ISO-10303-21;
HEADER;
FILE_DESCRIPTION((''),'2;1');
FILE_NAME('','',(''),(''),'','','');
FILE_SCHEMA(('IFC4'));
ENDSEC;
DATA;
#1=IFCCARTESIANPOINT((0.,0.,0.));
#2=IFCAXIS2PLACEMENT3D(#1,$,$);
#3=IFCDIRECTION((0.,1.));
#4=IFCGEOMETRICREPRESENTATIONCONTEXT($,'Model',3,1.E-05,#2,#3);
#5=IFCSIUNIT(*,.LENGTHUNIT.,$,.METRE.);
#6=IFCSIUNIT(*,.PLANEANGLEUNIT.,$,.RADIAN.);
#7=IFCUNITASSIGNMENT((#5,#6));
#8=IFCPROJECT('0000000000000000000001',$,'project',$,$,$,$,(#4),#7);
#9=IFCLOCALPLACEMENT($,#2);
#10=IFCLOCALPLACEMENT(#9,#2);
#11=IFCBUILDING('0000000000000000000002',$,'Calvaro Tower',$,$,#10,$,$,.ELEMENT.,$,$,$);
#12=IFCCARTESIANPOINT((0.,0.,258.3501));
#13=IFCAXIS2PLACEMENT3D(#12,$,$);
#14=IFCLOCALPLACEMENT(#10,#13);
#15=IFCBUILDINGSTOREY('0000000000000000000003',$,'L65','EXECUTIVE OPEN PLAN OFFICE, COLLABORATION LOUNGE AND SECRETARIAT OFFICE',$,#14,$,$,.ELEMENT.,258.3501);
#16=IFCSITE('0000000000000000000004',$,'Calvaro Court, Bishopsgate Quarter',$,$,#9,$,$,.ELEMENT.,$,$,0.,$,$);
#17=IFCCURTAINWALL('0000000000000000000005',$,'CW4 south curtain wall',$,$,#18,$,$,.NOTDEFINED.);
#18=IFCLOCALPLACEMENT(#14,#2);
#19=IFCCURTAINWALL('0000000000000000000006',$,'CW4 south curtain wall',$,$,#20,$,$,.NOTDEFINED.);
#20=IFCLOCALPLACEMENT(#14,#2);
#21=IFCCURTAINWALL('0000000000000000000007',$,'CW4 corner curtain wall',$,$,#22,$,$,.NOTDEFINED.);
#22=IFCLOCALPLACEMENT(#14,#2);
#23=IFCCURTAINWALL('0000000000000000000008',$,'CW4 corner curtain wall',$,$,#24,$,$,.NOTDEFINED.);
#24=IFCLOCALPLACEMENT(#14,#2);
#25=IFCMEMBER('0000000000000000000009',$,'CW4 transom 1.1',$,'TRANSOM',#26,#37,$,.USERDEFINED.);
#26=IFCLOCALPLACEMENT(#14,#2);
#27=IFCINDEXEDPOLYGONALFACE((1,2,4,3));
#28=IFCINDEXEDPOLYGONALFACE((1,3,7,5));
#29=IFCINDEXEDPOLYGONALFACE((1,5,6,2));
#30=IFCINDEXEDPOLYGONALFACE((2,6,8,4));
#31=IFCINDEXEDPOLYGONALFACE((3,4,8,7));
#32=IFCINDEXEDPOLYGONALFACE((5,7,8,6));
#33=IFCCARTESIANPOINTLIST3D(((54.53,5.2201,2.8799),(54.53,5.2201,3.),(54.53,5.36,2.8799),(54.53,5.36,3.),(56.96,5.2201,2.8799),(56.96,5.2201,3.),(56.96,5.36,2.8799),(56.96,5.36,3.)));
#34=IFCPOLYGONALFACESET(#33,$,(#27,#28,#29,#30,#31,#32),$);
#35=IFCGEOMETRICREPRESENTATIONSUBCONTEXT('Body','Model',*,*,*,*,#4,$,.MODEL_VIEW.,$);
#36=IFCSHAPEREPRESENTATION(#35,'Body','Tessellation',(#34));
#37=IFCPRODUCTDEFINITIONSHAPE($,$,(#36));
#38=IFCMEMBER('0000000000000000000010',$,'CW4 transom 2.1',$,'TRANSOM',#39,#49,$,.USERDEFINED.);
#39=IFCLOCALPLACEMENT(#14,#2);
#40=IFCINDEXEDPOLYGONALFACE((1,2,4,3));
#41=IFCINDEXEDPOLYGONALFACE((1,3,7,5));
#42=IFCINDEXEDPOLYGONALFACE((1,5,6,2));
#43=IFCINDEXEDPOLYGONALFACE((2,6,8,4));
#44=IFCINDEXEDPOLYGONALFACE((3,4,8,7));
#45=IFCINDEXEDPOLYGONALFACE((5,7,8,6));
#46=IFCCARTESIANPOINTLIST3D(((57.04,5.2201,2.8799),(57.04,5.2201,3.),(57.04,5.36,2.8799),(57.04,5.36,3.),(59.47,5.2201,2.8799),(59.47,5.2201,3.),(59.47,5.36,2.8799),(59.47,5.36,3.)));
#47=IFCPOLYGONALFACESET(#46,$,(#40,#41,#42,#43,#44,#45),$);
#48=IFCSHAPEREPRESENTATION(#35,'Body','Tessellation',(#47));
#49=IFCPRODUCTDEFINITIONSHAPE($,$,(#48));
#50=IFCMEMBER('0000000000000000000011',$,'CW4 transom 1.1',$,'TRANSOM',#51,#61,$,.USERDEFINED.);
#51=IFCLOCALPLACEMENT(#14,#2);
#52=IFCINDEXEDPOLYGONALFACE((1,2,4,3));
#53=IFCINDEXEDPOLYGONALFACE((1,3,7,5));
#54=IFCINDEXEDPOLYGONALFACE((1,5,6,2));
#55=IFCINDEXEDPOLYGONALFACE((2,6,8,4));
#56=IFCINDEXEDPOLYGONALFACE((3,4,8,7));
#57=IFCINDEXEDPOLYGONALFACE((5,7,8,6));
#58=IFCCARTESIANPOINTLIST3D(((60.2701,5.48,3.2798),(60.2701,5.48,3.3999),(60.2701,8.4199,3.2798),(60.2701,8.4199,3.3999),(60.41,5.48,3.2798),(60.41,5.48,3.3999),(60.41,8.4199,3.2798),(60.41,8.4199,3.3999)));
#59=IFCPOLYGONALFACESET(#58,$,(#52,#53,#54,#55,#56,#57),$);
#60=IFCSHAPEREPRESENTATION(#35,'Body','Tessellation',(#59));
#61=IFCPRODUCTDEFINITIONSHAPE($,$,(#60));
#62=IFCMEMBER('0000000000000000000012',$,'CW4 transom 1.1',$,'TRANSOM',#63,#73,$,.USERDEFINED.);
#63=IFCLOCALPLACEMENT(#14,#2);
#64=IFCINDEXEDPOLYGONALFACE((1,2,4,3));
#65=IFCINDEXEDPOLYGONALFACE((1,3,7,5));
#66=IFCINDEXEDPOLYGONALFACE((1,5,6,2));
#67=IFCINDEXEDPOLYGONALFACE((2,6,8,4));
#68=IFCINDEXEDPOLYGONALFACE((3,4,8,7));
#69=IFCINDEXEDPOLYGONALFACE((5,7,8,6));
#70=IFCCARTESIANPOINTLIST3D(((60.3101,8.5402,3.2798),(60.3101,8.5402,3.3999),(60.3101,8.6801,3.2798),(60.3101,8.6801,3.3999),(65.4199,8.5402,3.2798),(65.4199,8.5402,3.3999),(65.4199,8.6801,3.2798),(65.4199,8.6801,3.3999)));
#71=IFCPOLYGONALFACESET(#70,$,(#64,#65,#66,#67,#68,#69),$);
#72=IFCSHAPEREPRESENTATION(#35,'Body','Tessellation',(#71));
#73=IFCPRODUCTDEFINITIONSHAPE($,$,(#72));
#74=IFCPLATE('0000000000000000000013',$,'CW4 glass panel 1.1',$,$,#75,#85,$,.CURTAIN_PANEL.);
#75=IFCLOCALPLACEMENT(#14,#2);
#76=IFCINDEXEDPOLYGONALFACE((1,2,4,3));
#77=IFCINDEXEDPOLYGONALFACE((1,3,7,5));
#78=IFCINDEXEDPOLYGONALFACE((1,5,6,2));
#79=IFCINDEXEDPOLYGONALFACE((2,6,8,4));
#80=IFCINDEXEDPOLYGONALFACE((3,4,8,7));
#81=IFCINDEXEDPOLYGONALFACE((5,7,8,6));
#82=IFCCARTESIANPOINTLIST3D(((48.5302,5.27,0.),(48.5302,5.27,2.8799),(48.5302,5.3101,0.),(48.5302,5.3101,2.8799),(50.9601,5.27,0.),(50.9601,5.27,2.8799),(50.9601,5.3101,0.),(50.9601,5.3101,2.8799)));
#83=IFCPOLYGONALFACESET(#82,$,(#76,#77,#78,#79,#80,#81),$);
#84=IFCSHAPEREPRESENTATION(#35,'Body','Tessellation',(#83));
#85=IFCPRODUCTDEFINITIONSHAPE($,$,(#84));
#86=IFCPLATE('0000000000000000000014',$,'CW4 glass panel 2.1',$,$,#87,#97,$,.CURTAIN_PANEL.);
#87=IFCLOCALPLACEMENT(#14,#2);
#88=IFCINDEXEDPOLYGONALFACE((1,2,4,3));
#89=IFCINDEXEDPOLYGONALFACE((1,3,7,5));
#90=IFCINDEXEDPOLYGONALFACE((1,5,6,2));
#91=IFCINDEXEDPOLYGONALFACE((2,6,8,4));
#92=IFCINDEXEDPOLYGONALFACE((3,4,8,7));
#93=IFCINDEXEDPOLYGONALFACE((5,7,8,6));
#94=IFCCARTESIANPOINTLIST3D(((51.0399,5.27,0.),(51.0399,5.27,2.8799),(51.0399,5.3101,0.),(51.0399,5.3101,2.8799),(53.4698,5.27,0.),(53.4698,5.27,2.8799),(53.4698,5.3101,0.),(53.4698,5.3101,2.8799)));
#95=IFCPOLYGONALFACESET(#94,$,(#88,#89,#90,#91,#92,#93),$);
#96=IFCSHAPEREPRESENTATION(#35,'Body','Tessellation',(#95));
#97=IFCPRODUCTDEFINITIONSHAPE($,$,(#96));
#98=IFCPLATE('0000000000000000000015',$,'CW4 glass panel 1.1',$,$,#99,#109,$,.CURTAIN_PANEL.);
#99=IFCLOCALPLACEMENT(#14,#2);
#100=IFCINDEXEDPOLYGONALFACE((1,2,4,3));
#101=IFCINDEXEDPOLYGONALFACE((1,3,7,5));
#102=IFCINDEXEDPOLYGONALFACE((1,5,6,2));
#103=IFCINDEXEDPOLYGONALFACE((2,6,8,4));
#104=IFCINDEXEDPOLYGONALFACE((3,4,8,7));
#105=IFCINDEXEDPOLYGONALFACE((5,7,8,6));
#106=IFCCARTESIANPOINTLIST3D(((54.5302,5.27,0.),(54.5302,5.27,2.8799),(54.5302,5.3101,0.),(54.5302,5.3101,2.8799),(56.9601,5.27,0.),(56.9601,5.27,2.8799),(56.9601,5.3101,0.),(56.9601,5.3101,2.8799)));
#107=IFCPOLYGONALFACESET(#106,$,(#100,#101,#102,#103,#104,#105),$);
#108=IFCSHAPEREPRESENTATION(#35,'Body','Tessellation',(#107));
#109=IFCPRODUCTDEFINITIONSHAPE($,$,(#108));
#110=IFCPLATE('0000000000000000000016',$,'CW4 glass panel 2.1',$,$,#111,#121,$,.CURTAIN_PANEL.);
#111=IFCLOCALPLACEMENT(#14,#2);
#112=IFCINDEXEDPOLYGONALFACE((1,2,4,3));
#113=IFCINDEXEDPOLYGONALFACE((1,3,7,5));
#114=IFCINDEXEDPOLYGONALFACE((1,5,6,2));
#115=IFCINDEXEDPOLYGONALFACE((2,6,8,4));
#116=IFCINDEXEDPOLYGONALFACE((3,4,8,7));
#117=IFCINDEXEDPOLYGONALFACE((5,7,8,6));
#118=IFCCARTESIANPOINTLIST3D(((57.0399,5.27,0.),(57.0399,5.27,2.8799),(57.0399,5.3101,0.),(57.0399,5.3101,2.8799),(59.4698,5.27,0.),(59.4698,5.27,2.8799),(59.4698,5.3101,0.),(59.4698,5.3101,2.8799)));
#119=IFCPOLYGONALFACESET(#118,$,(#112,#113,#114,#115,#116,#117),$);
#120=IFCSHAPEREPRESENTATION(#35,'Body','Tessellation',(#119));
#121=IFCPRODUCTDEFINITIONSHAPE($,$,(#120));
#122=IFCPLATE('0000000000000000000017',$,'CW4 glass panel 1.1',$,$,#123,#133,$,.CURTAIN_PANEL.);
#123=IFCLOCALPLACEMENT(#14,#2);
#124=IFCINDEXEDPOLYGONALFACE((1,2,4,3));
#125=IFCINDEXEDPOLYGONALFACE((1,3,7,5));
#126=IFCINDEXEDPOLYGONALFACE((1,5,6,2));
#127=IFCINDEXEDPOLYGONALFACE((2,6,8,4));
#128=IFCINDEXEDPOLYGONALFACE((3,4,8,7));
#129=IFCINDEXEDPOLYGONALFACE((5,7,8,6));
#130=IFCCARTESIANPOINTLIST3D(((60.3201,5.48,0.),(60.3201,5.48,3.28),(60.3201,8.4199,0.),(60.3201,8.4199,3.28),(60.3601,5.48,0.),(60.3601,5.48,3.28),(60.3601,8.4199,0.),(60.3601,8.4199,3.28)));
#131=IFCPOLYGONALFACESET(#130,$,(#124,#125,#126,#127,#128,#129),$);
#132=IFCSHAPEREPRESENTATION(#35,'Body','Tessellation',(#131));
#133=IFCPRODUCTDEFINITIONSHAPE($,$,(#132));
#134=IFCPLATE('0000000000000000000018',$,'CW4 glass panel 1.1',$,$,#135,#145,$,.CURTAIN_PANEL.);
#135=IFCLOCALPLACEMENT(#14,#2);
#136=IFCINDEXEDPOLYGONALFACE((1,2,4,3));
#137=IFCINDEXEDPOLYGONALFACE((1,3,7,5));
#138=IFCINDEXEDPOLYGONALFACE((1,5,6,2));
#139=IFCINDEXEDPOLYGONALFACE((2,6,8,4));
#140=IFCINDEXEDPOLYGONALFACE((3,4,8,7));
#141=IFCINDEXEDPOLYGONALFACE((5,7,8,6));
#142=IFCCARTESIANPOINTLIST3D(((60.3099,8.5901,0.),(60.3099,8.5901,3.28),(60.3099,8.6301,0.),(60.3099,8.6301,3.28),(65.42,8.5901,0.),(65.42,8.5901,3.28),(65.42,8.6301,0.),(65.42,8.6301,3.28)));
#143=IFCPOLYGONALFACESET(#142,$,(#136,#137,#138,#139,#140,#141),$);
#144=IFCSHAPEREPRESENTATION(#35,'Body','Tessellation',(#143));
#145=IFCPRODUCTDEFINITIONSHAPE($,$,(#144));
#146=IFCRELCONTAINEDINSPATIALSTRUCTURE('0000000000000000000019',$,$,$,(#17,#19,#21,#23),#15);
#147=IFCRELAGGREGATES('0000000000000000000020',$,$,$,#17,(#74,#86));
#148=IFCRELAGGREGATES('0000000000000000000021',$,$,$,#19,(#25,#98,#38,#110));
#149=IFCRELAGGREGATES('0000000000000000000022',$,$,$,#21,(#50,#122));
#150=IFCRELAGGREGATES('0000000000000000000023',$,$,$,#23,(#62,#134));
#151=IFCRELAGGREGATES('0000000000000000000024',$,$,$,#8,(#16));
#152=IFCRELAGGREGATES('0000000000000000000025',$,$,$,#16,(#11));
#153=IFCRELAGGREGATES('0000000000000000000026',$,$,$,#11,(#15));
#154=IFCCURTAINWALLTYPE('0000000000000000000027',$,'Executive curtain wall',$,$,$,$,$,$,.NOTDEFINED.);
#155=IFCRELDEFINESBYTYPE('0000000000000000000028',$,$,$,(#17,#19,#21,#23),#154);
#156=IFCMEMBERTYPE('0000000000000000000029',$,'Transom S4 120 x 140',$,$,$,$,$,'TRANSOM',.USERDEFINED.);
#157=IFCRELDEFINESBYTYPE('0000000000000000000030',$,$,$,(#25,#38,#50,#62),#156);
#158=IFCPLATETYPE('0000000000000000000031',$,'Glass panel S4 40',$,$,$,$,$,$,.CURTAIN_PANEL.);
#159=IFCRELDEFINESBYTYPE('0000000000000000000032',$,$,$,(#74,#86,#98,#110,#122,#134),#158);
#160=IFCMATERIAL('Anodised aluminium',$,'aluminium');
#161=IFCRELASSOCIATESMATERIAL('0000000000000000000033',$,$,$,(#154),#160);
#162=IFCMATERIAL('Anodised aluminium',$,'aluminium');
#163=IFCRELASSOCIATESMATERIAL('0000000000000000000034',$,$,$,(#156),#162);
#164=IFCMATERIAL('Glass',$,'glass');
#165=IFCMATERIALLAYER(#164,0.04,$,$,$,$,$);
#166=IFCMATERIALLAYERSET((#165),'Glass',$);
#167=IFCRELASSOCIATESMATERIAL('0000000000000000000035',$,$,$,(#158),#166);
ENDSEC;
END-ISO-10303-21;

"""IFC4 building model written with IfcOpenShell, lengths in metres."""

from ifc_helpers import new_model, si_unit, direction, frame, origin, origin_2d, place, context, subcontext, project, spatial, rectangle, extrude, material, layer, layer_set, material_profile, profile_set, type_object, element, aggregate, save


model = new_model("IFC4")

# Units and contexts
model_context = context("Model", 3, precision=1e-05, world=origin(), true_north=direction((0.0, 1.0)))
body_context = subcontext(model_context, "Body", "Model", "MODEL_VIEW")
ifc_project = project(units=[si_unit("LENGTHUNIT", "METRE"), si_unit("PLANEANGLEUNIT", "RADIAN")], contexts=[model_context])

# Site, building, storey
site_placement = place(None, origin())
site = spatial("IfcSite", under=ifc_project, at=site_placement, Name="Calvaro Court, Bishopsgate Quarter", CompositionType="ELEMENT", RefElevation=0.0)
building_placement = place(site_placement, origin())
building = spatial("IfcBuilding", under=site, at=building_placement, Name="Calvaro Tower", CompositionType="ELEMENT")
storey_placement = place(building_placement, frame((0.0, 0.0, 258.3501)))
storey = spatial("IfcBuildingStorey", under=building, at=storey_placement, Name="L65", Description="EXECUTIVE OPEN PLAN OFFICE, COLLABORATION LOUNGE AND SECRETARIAT OFFICE", CompositionType="ELEMENT", Elevation=258.3501)

# Curtain walls
ifc_material_1 = material(Name="Anodised aluminium", Category="aluminium")
curtain_wall_type = type_object("IfcCurtainWallType", Name="Executive curtain wall", PredefinedType="NOTDEFINED", material=ifc_material_1)
curtain_wall_1_placement = place(storey_placement, origin())
curtain_wall_1 = element("IfcCurtainWall", 1, at=curtain_wall_1_placement, inside=storey, type_object=curtain_wall_type, Name="CW4 south curtain wall", PredefinedType="NOTDEFINED")
curtain_wall_2_placement = place(storey_placement, origin())
curtain_wall_2 = element("IfcCurtainWall", 2, at=curtain_wall_2_placement, inside=storey, type_object=curtain_wall_type, Name="CW4 south curtain wall", PredefinedType="NOTDEFINED")
curtain_wall_3_placement = place(storey_placement, origin())
curtain_wall_3 = element("IfcCurtainWall", 3, at=curtain_wall_3_placement, inside=storey, type_object=curtain_wall_type, Name="CW4 corner curtain wall", PredefinedType="NOTDEFINED")

# Curtain wall
curtain_wall_4_placement = place(storey_placement, origin())
curtain_wall_4 = element("IfcCurtainWall", 4, at=curtain_wall_4_placement, inside=storey, type_object=curtain_wall_type, Name="CW4 corner curtain wall", PredefinedType="NOTDEFINED")

# Members
ifc_material_2 = material(Name="Anodised aluminium", Category="aluminium")
ifc_material_profile_1 = material_profile(ifc_material_2, rectangle(XDim=0.1399, YDim=0.1201, at=origin_2d()), Name="Transom S4 120 x 140")
ifc_profile_set_1 = profile_set([ifc_material_profile_1], Name="Anodised aluminium")
member_type_1 = type_object("IfcMemberType", Name="Transom S4 120 x 140", ElementType="TRANSOM", PredefinedType="USERDEFINED", material=ifc_profile_set_1)
member_1_placement = place(storey_placement, frame((54.53, 5.29, 2.9399), z_axis=(1.0, 0.0, 0.0), x_axis=(0.0, 1.0, 0.0)))
member_1 = element("IfcMember", 5, at=member_1_placement, type_object=member_type_1, Name="CW4 transom 1.1", ObjectType="TRANSOM", PredefinedType="USERDEFINED", context=body_context, shape_type="SweptSolid", body=[
    extrude(rectangle(XDim=0.1399, YDim=0.1201, at=origin_2d()), origin(), (0.0, 0.0, 1.0), 2.4299),
])
member_2_placement = place(storey_placement, frame((57.04, 5.29, 2.9399), z_axis=(1.0, 0.0, 0.0), x_axis=(0.0, 1.0, 0.0)))
member_2 = element("IfcMember", 6, at=member_2_placement, type_object=member_type_1, Name="CW4 transom 2.1", ObjectType="TRANSOM", PredefinedType="USERDEFINED", context=body_context, shape_type="SweptSolid", body=[
    extrude(rectangle(XDim=0.1399, YDim=0.1201, at=origin_2d()), origin(), (0.0, 0.0, 1.0), 2.4299),
])
member_3_placement = place(storey_placement, frame((60.3401, 5.48, 3.3398), z_axis=(0.0, 1.0, 0.0), x_axis=(-1.0, 0.0, 0.0)))
member_3 = element("IfcMember", 7, at=member_3_placement, type_object=member_type_1, Name="CW4 transom 1.1", ObjectType="TRANSOM", PredefinedType="USERDEFINED", context=body_context, shape_type="SweptSolid", body=[
    extrude(rectangle(XDim=0.1399, YDim=0.1201, at=origin_2d()), origin(), (0.0, 0.0, 1.0), 2.9399),
])
member_4_placement = place(storey_placement, frame((60.3101, 8.6101, 3.3398), z_axis=(1.0, 0.0, 0.0), x_axis=(0.0, 1.0, 0.0)))
member_4 = element("IfcMember", 8, at=member_4_placement, type_object=member_type_1, Name="CW4 transom 1.1", ObjectType="TRANSOM", PredefinedType="USERDEFINED", context=body_context, shape_type="SweptSolid", body=[
    extrude(rectangle(XDim=0.1399, YDim=0.1201, at=origin_2d()), origin(), (0.0, 0.0, 1.0), 5.1099),
])

# Plates
ifc_material_3 = material(Name="Glass", Category="glass")
ifc_layer_1 = layer(ifc_material_3, 0.04)
ifc_layer_set_1 = layer_set([ifc_layer_1], Name="Glass")
plate_type = type_object("IfcPlateType", Name="Glass panel S4 40", PredefinedType="CURTAIN_PANEL", material=ifc_layer_set_1)
plate_1_placement = place(storey_placement, frame((49.7451, 5.29, 0.0), z_axis=(0.0, 0.0, 1.0), x_axis=(1.0, 0.0, 0.0)))
plate_1 = element("IfcPlate", 9, at=plate_1_placement, type_object=plate_type, Name="CW4 glass panel 1.1", PredefinedType="CURTAIN_PANEL", context=body_context, shape_type="SweptSolid", body=[
    extrude(rectangle(XDim=2.4299, YDim=0.04, at=origin_2d()), origin(), (0.0, 0.0, 1.0), 2.8799),
])
plate_2_placement = place(storey_placement, frame((52.2549, 5.29, 0.0), z_axis=(0.0, 0.0, 1.0), x_axis=(1.0, 0.0, 0.0)))
plate_2 = element("IfcPlate", 10, at=plate_2_placement, type_object=plate_type, Name="CW4 glass panel 2.1", PredefinedType="CURTAIN_PANEL", context=body_context, shape_type="SweptSolid", body=[
    extrude(rectangle(XDim=2.4299, YDim=0.04, at=origin_2d()), origin(), (0.0, 0.0, 1.0), 2.8799),
])
aggregate(curtain_wall_1, [plate_1, plate_2])
plate_3_placement = place(storey_placement, frame((55.7451, 5.29, 0.0), z_axis=(0.0, 0.0, 1.0), x_axis=(1.0, 0.0, 0.0)))
plate_3 = element("IfcPlate", 11, at=plate_3_placement, type_object=plate_type, Name="CW4 glass panel 1.1", PredefinedType="CURTAIN_PANEL", context=body_context, shape_type="SweptSolid", body=[
    extrude(rectangle(XDim=2.4299, YDim=0.04, at=origin_2d()), origin(), (0.0, 0.0, 1.0), 2.8799),
])
plate_4_placement = place(storey_placement, frame((58.2549, 5.29, 0.0), z_axis=(0.0, 0.0, 1.0), x_axis=(1.0, 0.0, 0.0)))
plate_4 = element("IfcPlate", 12, at=plate_4_placement, type_object=plate_type, Name="CW4 glass panel 2.1", PredefinedType="CURTAIN_PANEL", context=body_context, shape_type="SweptSolid", body=[
    extrude(rectangle(XDim=2.4299, YDim=0.04, at=origin_2d()), origin(), (0.0, 0.0, 1.0), 2.8799),
])
aggregate(curtain_wall_2, [member_1, plate_3, member_2, plate_4])
plate_5_placement = place(storey_placement, frame((60.3401, 6.95, 0.0), z_axis=(0.0, 0.0, 1.0), x_axis=(0.0, 1.0, 0.0)))
plate_5 = element("IfcPlate", 13, at=plate_5_placement, type_object=plate_type, Name="CW4 glass panel 1.1", PredefinedType="CURTAIN_PANEL", context=body_context, shape_type="SweptSolid", body=[
    extrude(rectangle(XDim=2.9399, YDim=0.04, at=origin_2d()), origin(), (0.0, 0.0, 1.0), 3.28),
])
aggregate(curtain_wall_3, [member_3, plate_5])
plate_6_placement = place(storey_placement, frame((62.865, 8.6101, 0.0), z_axis=(0.0, 0.0, 1.0), x_axis=(1.0, 0.0, 0.0)))
plate_6 = element("IfcPlate", 14, at=plate_6_placement, type_object=plate_type, Name="CW4 glass panel 1.1", PredefinedType="CURTAIN_PANEL", context=body_context, shape_type="SweptSolid", body=[
    extrude(rectangle(XDim=5.1101, YDim=0.04, at=origin_2d()), origin(), (0.0, 0.0, 1.0), 3.28),
])
aggregate(curtain_wall_4, [member_4, plate_6])

save(model, "model.ifc")
